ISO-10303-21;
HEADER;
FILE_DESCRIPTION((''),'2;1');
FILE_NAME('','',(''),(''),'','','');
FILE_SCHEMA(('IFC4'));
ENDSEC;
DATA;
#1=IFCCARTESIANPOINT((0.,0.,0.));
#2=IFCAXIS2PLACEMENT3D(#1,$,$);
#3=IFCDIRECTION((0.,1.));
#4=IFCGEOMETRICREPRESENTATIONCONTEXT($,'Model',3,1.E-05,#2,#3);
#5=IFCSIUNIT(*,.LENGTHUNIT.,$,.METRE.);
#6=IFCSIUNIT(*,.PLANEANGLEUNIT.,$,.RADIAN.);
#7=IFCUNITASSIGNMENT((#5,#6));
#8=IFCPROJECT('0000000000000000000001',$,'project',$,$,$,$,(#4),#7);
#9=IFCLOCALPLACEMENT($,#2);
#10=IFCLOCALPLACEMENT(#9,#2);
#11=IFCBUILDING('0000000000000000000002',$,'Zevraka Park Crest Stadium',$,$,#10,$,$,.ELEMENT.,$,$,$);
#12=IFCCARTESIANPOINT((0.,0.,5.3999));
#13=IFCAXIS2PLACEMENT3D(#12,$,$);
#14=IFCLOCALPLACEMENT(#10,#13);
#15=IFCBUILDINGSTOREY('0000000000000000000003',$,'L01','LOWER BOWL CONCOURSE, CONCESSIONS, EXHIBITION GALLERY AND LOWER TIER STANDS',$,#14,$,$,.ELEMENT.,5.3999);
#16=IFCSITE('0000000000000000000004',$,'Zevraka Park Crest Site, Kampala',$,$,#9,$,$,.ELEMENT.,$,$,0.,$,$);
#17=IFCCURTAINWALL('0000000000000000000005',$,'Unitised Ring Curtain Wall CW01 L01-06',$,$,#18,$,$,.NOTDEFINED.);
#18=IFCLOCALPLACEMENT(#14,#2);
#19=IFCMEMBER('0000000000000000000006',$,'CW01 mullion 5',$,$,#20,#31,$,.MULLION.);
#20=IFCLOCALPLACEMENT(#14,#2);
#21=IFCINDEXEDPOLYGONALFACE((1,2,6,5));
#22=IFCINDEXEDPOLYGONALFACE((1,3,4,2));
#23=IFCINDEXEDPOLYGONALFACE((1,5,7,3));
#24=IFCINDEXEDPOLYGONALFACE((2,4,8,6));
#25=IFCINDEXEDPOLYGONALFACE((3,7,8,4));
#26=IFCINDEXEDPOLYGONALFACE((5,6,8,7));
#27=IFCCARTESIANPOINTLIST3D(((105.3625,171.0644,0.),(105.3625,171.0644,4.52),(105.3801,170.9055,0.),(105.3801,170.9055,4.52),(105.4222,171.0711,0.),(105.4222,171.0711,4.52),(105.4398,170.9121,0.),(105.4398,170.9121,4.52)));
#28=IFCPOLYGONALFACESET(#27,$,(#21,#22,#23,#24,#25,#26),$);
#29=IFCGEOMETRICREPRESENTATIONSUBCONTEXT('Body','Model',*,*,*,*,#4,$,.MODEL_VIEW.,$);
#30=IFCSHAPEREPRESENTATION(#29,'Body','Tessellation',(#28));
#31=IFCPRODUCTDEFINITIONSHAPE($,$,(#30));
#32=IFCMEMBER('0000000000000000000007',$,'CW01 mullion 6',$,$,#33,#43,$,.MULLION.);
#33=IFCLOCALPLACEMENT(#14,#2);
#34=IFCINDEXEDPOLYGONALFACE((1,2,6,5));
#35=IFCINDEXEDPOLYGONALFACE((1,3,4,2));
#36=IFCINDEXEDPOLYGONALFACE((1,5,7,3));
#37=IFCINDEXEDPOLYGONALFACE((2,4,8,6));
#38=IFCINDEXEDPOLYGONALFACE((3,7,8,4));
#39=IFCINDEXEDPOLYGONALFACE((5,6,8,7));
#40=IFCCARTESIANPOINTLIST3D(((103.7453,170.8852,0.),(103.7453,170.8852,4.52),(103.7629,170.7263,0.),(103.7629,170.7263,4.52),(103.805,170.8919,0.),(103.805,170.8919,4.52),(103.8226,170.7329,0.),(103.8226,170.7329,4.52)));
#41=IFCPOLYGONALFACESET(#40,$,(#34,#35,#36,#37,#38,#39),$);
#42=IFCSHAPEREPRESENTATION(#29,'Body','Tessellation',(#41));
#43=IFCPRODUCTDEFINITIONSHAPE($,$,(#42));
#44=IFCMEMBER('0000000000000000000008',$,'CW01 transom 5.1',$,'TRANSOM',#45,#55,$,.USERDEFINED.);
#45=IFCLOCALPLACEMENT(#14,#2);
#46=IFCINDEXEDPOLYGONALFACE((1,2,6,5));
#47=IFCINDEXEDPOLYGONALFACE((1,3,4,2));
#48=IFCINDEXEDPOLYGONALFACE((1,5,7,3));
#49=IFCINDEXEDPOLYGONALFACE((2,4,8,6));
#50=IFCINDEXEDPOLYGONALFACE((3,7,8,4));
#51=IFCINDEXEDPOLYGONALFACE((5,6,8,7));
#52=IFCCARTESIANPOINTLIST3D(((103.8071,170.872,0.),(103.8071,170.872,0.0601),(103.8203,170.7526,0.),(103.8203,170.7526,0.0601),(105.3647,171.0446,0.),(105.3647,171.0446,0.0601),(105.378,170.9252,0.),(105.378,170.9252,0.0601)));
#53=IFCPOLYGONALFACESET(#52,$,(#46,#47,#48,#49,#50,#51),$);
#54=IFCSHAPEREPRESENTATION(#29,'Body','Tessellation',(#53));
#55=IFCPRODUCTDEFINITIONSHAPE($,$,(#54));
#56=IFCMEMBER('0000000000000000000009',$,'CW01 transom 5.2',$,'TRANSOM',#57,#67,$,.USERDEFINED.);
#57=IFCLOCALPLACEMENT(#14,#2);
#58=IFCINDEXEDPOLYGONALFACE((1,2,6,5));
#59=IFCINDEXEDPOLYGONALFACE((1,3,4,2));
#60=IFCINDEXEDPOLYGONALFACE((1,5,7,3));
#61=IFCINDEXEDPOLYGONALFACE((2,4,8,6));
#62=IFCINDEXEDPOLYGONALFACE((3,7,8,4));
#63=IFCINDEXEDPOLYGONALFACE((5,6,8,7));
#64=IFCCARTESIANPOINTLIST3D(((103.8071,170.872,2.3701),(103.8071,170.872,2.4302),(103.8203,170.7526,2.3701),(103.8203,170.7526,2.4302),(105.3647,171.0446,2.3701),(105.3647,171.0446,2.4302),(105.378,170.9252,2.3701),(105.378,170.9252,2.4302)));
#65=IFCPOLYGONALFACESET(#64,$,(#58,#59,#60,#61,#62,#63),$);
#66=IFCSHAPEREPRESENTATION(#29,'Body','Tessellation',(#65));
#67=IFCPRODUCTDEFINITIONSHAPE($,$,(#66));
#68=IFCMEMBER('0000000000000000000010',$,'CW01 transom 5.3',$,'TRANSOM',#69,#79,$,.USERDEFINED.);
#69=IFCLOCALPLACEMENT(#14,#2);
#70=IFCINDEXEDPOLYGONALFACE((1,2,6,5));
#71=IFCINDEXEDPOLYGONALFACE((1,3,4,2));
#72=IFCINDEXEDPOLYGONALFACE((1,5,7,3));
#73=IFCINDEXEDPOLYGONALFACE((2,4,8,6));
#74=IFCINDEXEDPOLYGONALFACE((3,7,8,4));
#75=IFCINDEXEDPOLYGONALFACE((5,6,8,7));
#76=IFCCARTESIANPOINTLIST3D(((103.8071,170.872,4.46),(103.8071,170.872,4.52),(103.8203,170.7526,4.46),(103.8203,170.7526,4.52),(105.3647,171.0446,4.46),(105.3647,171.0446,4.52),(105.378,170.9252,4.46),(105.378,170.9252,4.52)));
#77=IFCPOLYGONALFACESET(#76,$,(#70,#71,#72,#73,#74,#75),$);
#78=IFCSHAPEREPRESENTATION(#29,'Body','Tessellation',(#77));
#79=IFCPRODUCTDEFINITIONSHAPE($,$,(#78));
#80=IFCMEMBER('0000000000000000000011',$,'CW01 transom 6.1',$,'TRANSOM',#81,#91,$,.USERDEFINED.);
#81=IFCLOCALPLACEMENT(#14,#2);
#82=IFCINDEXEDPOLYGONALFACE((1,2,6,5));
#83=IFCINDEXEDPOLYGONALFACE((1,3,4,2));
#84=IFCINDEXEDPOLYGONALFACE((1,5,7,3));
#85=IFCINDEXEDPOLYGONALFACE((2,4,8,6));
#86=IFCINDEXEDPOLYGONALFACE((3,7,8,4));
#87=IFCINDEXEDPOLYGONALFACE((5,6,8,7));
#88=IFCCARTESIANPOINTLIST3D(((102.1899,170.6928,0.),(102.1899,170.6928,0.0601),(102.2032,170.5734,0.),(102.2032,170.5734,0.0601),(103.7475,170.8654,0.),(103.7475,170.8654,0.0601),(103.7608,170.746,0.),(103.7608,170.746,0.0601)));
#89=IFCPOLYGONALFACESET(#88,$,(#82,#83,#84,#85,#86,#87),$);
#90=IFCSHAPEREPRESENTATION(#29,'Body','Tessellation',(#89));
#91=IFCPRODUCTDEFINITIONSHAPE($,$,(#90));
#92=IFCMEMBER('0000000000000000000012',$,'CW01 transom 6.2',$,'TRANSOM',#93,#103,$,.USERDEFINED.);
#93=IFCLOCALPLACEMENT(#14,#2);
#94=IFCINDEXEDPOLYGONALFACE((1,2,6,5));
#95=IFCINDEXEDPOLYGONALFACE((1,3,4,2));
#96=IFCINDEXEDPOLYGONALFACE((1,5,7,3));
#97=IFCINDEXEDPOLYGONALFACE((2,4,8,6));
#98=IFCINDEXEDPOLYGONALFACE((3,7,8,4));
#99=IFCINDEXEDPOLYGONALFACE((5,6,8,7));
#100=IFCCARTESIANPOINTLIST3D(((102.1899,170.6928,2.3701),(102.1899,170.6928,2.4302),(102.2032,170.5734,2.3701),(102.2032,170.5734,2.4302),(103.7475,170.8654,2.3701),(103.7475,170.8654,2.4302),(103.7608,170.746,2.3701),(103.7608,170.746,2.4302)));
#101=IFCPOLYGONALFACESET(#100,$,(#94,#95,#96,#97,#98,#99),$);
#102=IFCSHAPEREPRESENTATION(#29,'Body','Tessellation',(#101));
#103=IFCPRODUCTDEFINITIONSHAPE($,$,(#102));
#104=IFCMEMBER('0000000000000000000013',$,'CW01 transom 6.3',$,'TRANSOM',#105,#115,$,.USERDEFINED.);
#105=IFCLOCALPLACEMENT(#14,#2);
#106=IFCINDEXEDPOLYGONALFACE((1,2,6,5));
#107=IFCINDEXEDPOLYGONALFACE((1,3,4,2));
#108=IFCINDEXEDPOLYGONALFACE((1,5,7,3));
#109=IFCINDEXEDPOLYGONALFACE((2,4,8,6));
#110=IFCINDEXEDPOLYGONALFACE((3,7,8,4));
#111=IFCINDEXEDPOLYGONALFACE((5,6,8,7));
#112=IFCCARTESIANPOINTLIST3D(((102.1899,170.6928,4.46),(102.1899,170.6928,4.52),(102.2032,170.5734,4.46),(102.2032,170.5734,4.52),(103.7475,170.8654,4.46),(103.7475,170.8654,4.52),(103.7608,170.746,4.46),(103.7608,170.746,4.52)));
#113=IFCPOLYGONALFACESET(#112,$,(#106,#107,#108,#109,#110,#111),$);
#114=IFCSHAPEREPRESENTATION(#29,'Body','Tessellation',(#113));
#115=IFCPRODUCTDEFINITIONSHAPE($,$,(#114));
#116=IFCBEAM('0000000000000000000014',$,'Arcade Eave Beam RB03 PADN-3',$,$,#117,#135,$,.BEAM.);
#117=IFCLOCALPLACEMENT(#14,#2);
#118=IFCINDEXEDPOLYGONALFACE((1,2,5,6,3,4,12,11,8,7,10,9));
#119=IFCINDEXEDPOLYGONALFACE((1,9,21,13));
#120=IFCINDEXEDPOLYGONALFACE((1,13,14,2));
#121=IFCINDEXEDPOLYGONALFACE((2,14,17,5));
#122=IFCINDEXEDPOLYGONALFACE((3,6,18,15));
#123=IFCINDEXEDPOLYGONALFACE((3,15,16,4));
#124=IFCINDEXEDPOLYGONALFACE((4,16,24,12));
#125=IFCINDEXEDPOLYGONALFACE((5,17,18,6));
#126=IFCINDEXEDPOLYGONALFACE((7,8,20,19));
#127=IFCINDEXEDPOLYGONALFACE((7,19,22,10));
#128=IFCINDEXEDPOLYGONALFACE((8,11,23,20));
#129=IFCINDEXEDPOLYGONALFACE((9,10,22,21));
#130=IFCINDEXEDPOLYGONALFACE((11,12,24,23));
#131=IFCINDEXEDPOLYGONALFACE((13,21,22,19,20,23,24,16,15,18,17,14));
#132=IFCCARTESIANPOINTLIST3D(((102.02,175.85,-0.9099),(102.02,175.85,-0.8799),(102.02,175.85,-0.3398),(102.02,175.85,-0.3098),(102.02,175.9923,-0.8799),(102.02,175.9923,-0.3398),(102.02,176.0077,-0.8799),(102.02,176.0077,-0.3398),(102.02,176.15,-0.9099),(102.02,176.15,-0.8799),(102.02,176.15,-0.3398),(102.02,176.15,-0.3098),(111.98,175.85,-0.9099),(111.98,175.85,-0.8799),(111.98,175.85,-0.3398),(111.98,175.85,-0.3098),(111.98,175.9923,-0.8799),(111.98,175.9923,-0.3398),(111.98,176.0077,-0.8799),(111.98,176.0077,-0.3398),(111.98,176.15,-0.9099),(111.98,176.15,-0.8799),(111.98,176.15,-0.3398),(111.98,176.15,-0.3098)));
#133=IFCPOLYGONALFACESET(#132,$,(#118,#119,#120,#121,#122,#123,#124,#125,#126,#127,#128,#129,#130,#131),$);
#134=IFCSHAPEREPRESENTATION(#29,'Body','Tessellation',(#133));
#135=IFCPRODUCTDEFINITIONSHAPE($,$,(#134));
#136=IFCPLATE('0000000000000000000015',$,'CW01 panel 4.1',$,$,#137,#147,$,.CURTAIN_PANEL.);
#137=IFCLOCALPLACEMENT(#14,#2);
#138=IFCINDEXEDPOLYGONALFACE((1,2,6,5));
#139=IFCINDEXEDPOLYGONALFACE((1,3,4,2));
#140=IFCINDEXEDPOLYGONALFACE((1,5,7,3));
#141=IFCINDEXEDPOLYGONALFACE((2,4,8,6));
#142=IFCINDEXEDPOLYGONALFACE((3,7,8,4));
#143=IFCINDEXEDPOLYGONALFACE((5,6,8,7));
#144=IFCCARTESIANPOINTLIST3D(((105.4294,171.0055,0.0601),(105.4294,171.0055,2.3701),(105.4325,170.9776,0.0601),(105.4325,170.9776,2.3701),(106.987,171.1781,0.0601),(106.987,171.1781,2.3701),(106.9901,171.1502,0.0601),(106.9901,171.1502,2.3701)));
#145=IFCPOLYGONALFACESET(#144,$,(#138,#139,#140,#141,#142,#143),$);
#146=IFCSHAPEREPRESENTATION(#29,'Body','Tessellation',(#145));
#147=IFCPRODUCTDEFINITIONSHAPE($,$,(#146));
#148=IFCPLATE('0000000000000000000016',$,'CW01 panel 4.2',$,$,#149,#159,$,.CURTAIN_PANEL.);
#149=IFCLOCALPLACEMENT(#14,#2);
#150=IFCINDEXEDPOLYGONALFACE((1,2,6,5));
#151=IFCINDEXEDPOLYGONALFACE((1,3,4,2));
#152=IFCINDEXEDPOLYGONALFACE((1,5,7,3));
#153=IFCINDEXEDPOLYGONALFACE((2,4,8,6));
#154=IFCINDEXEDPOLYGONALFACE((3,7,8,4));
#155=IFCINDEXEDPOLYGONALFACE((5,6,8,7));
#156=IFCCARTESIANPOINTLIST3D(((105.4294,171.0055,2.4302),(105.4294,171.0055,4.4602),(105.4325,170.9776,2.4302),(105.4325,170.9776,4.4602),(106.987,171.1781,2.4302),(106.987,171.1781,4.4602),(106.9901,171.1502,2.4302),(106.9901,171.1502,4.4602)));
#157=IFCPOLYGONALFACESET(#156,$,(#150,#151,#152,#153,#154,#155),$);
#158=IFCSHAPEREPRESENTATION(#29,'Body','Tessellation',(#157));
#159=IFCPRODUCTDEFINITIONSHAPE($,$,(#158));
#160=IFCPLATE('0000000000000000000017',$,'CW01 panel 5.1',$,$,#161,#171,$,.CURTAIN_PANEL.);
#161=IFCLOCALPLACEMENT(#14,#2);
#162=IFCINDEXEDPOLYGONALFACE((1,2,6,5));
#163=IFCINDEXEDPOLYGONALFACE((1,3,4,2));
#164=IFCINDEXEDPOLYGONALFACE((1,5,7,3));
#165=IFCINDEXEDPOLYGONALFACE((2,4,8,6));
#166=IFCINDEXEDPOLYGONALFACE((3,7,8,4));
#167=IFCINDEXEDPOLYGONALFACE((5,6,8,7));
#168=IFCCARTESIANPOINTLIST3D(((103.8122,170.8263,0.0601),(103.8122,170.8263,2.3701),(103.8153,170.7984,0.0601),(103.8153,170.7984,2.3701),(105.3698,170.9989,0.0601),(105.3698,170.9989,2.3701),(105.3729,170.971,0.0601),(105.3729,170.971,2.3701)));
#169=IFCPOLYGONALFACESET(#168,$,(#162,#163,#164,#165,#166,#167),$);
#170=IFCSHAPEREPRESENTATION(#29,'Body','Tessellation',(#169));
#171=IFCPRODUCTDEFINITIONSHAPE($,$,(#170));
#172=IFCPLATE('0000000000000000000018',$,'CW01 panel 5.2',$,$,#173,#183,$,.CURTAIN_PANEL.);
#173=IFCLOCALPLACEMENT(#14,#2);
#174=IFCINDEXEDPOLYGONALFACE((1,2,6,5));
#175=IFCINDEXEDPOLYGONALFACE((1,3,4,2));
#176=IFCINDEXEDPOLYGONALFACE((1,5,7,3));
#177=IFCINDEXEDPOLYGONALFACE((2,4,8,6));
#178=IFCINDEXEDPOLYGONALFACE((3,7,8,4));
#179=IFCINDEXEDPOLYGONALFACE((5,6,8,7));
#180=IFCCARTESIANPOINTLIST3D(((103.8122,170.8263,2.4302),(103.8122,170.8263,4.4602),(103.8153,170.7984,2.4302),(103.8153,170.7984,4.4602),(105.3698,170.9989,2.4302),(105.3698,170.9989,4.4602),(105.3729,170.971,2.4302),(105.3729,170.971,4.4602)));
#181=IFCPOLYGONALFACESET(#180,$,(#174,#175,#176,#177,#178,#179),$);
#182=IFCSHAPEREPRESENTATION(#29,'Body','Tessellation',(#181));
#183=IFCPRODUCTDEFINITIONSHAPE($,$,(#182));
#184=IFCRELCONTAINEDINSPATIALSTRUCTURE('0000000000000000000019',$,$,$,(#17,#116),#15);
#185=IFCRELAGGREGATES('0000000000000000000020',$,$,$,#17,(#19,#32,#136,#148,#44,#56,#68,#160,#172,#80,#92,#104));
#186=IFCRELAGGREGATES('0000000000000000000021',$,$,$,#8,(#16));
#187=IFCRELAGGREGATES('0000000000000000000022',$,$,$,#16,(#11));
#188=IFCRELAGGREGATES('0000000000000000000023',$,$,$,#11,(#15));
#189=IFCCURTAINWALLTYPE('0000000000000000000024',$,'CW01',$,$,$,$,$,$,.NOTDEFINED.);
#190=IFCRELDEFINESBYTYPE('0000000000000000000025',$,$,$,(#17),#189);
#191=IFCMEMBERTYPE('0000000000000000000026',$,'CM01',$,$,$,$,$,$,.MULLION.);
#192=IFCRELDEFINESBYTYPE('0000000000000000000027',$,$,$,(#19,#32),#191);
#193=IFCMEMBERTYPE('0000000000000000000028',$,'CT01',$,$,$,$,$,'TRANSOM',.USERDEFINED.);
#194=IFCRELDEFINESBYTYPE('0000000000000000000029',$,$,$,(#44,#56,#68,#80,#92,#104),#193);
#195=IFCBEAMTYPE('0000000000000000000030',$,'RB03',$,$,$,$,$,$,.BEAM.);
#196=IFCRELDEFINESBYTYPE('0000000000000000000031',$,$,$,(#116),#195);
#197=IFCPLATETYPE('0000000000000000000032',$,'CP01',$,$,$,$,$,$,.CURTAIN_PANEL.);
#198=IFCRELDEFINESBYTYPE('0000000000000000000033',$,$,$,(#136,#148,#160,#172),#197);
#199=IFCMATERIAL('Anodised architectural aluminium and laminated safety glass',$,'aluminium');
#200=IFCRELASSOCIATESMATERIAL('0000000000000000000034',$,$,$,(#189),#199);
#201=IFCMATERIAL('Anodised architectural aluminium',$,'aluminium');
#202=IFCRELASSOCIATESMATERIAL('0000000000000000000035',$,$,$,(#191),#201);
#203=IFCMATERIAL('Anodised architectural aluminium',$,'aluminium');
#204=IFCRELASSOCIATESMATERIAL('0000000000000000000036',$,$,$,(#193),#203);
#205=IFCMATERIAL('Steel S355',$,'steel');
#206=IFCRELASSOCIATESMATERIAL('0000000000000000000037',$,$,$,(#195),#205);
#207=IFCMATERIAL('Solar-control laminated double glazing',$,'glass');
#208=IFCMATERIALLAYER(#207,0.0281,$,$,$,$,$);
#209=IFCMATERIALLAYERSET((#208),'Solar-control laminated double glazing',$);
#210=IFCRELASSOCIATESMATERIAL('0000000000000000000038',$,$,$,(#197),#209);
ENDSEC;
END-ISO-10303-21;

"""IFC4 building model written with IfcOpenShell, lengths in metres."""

from ifc_helpers import new_model, si_unit, direction, frame, origin, origin_2d, place, context, subcontext, project, spatial, rectangle, i_section, extrude, material, layer, layer_set, material_profile, profile_set, type_object, element, aggregate, save


model = new_model("IFC4")

# Units and contexts
model_context = context("Model", 3, precision=1e-05, world=origin(), true_north=direction((0.0, 1.0)))
body_context = subcontext(model_context, "Body", "Model", "MODEL_VIEW")
ifc_project = project(units=[si_unit("LENGTHUNIT", "METRE"), si_unit("PLANEANGLEUNIT", "RADIAN")], contexts=[model_context])

# Site, building, storey
site_placement = place(None, origin())
site = spatial("IfcSite", under=ifc_project, at=site_placement, Name="Zevraka Park Crest Site, Kampala", CompositionType="ELEMENT", RefElevation=0.0)
building_placement = place(site_placement, origin())
building = spatial("IfcBuilding", under=site, at=building_placement, Name="Zevraka Park Crest Stadium", CompositionType="ELEMENT")
storey_placement = place(building_placement, frame((0.0, 0.0, 5.3999)))
storey = spatial("IfcBuildingStorey", under=building, at=storey_placement, Name="L01", Description="LOWER BOWL CONCOURSE, CONCESSIONS, EXHIBITION GALLERY AND LOWER TIER STANDS", CompositionType="ELEMENT", Elevation=5.3999)

# Curtain wall, members
ifc_material_1 = material(Name="Anodised architectural aluminium and laminated safety glass", Category="aluminium")
curtain_wall_type = type_object("IfcCurtainWallType", Name="CW01", PredefinedType="NOTDEFINED", material=ifc_material_1)
curtain_wall_placement = place(storey_placement, origin())
curtain_wall = element("IfcCurtainWall", 1, at=curtain_wall_placement, inside=storey, type_object=curtain_wall_type, Name="Unitised Ring Curtain Wall CW01 L01-06", PredefinedType="NOTDEFINED")
ifc_material_2 = material(Name="Anodised architectural aluminium", Category="aluminium")
ifc_material_profile_1 = material_profile(ifc_material_2, rectangle(XDim=0.1599, YDim=0.0601, at=origin_2d()), Name="ALU MULLION 160x60")
ifc_profile_set_1 = profile_set([ifc_material_profile_1], Name="Anodised architectural aluminium")
member_type_1 = type_object("IfcMemberType", Name="CM01", PredefinedType="MULLION", material=ifc_profile_set_1)
member_1_placement = place(storey_placement, frame((105.4011, 170.9883, 0.0), z_axis=(0.0, 0.0, 1.0), x_axis=(0.110135, -0.993917, 0.0)))
member_1 = element("IfcMember", 2, at=member_1_placement, type_object=member_type_1, Name="CW01 mullion 5", PredefinedType="MULLION", context=body_context, shape_type="SweptSolid", body=[
    extrude(rectangle(XDim=0.1599, YDim=0.0601, at=origin_2d()), origin(), (0.0, 0.0, 1.0), 4.52),
])
member_2_placement = place(storey_placement, frame((103.7839, 170.8091, 0.0), z_axis=(0.0, 0.0, 1.0), x_axis=(0.110135, -0.993917, 0.0)))
member_2 = element("IfcMember", 3, at=member_2_placement, type_object=member_type_1, Name="CW01 mullion 6", PredefinedType="MULLION", context=body_context, shape_type="SweptSolid", body=[
    extrude(rectangle(XDim=0.1599, YDim=0.0601, at=origin_2d()), origin(), (0.0, 0.0, 1.0), 4.52),
])
ifc_material_3 = material(Name="Anodised architectural aluminium", Category="aluminium")
ifc_material_profile_2 = material_profile(ifc_material_3, rectangle(XDim=0.1201, YDim=0.0601, at=origin_2d()), Name="ALU TRANSOM 120x60")
ifc_profile_set_2 = profile_set([ifc_material_profile_2], Name="Anodised architectural aluminium")
member_type_2 = type_object("IfcMemberType", Name="CT01", ElementType="TRANSOM", PredefinedType="USERDEFINED", material=ifc_profile_set_2)
member_3_placement = place(storey_placement, frame((105.3713, 170.9849, 0.03), z_axis=(-0.993916, -0.110141, 0.0), x_axis=(0.110141, -0.993916, 0.0)))
member_3 = element("IfcMember", 4, at=member_3_placement, type_object=member_type_2, Name="CW01 transom 5.1", ObjectType="TRANSOM", PredefinedType="USERDEFINED", context=body_context, shape_type="SweptSolid", body=[
    extrude(rectangle(XDim=0.1201, YDim=0.0601, at=origin_2d()), origin(), (0.0, 0.0, 1.0), 1.5671),
])
member_4_placement = place(storey_placement, frame((105.3713, 170.9849, 2.4001), z_axis=(-0.993916, -0.110141, 0.0), x_axis=(0.110141, -0.993916, 0.0)))
member_4 = element("IfcMember", 5, at=member_4_placement, type_object=member_type_2, Name="CW01 transom 5.2", ObjectType="TRANSOM", PredefinedType="USERDEFINED", context=body_context, shape_type="SweptSolid", body=[
    extrude(rectangle(XDim=0.1201, YDim=0.0601, at=origin_2d()), origin(), (0.0, 0.0, 1.0), 1.5671),
])
member_5_placement = place(storey_placement, frame((105.3713, 170.9849, 4.49), z_axis=(-0.993916, -0.110141, 0.0), x_axis=(0.110141, -0.993916, 0.0)))
member_5 = element("IfcMember", 6, at=member_5_placement, type_object=member_type_2, Name="CW01 transom 5.3", ObjectType="TRANSOM", PredefinedType="USERDEFINED", context=body_context, shape_type="SweptSolid", body=[
    extrude(rectangle(XDim=0.1201, YDim=0.0601, at=origin_2d()), origin(), (0.0, 0.0, 1.0), 1.5671),
])
member_6_placement = place(storey_placement, frame((103.7542, 170.8057, 0.03), z_axis=(-0.993916, -0.110141, 0.0), x_axis=(0.110141, -0.993916, 0.0)))
member_6 = element("IfcMember", 7, at=member_6_placement, type_object=member_type_2, Name="CW01 transom 6.1", ObjectType="TRANSOM", PredefinedType="USERDEFINED", context=body_context, shape_type="SweptSolid", body=[
    extrude(rectangle(XDim=0.1201, YDim=0.0601, at=origin_2d()), origin(), (0.0, 0.0, 1.0), 1.5671),
])
member_7_placement = place(storey_placement, frame((103.7542, 170.8057, 2.4001), z_axis=(-0.993916, -0.110141, 0.0), x_axis=(0.110141, -0.993916, 0.0)))
member_7 = element("IfcMember", 8, at=member_7_placement, type_object=member_type_2, Name="CW01 transom 6.2", ObjectType="TRANSOM", PredefinedType="USERDEFINED", context=body_context, shape_type="SweptSolid", body=[
    extrude(rectangle(XDim=0.1201, YDim=0.0601, at=origin_2d()), origin(), (0.0, 0.0, 1.0), 1.5671),
])
member_8_placement = place(storey_placement, frame((103.7542, 170.8057, 4.49), z_axis=(-0.993916, -0.110141, 0.0), x_axis=(0.110141, -0.993916, 0.0)))
member_8 = element("IfcMember", 9, at=member_8_placement, type_object=member_type_2, Name="CW01 transom 6.3", ObjectType="TRANSOM", PredefinedType="USERDEFINED", context=body_context, shape_type="SweptSolid", body=[
    extrude(rectangle(XDim=0.1201, YDim=0.0601, at=origin_2d()), origin(), (0.0, 0.0, 1.0), 1.5671),
])

# Beam
ifc_material_4 = material(Name="Steel S355", Category="steel")
ifc_material_profile_3 = material_profile(ifc_material_4, i_section(OverallWidth=0.3, OverallDepth=0.6001, WebThickness=0.0154, FlangeThickness=0.03, at=origin_2d()), Name="HEB 600")
ifc_profile_set_3 = profile_set([ifc_material_profile_3], Name="Steel S355")
beam_type = type_object("IfcBeamType", Name="RB03", PredefinedType="BEAM", material=ifc_profile_set_3)
beam_placement = place(storey_placement, frame((102.02, 176.0, -0.6099), z_axis=(1.0, 0.0, 0.0), x_axis=(0.0, 1.0, 0.0)))
element("IfcBeam", 10, at=beam_placement, inside=storey, type_object=beam_type, Name="Arcade Eave Beam RB03 PADN-3", PredefinedType="BEAM", context=body_context, shape_type="SweptSolid", body=[
    extrude(i_section(OverallWidth=0.3, OverallDepth=0.6001, WebThickness=0.0154, FlangeThickness=0.03, at=origin_2d()), origin(), (0.0, 0.0, 1.0), 9.96),
])

# Plates
ifc_material_5 = material(Name="Solar-control laminated double glazing", Category="glass")
ifc_layer_1 = layer(ifc_material_5, 0.0281)
ifc_layer_set_1 = layer_set([ifc_layer_1], Name="Solar-control laminated double glazing")
plate_type = type_object("IfcPlateType", Name="CP01", PredefinedType="CURTAIN_PANEL", material=ifc_layer_set_1)
plate_1_placement = place(storey_placement, frame((106.2097, 171.0779, 0.0601), z_axis=(0.0, 0.0, 1.0), x_axis=(-0.993917, -0.110135, 0.0)))
plate_1 = element("IfcPlate", 11, at=plate_1_placement, type_object=plate_type, Name="CW01 panel 4.1", PredefinedType="CURTAIN_PANEL", context=body_context, shape_type="SweptSolid", body=[
    extrude(rectangle(XDim=1.5671, YDim=0.0281, at=origin_2d()), origin(), (0.0, 0.0, 1.0), 2.3101),
])
plate_2_placement = place(storey_placement, frame((106.2097, 171.0779, 2.4302), z_axis=(0.0, 0.0, 1.0), x_axis=(-0.993917, -0.110135, 0.0)))
plate_2 = element("IfcPlate", 12, at=plate_2_placement, type_object=plate_type, Name="CW01 panel 4.2", PredefinedType="CURTAIN_PANEL", context=body_context, shape_type="SweptSolid", body=[
    extrude(rectangle(XDim=1.5671, YDim=0.0281, at=origin_2d()), origin(), (0.0, 0.0, 1.0), 2.03),
])
plate_3_placement = place(storey_placement, frame((104.5925, 170.8987, 0.0601), z_axis=(0.0, 0.0, 1.0), x_axis=(-0.993917, -0.110135, 0.0)))
plate_3 = element("IfcPlate", 13, at=plate_3_placement, type_object=plate_type, Name="CW01 panel 5.1", PredefinedType="CURTAIN_PANEL", context=body_context, shape_type="SweptSolid", body=[
    extrude(rectangle(XDim=1.5671, YDim=0.0281, at=origin_2d()), origin(), (0.0, 0.0, 1.0), 2.3101),
])
plate_4_placement = place(storey_placement, frame((104.5925, 170.8987, 2.4302), z_axis=(0.0, 0.0, 1.0), x_axis=(-0.993917, -0.110135, 0.0)))
plate_4 = element("IfcPlate", 14, at=plate_4_placement, type_object=plate_type, Name="CW01 panel 5.2", PredefinedType="CURTAIN_PANEL", context=body_context, shape_type="SweptSolid", body=[
    extrude(rectangle(XDim=1.5671, YDim=0.0281, at=origin_2d()), origin(), (0.0, 0.0, 1.0), 2.03),
])
aggregate(curtain_wall, [member_1, member_2, plate_1, plate_2, member_3, member_4, member_5, plate_3, plate_4, member_6, member_7, member_8])

save(model, "model.ifc")
